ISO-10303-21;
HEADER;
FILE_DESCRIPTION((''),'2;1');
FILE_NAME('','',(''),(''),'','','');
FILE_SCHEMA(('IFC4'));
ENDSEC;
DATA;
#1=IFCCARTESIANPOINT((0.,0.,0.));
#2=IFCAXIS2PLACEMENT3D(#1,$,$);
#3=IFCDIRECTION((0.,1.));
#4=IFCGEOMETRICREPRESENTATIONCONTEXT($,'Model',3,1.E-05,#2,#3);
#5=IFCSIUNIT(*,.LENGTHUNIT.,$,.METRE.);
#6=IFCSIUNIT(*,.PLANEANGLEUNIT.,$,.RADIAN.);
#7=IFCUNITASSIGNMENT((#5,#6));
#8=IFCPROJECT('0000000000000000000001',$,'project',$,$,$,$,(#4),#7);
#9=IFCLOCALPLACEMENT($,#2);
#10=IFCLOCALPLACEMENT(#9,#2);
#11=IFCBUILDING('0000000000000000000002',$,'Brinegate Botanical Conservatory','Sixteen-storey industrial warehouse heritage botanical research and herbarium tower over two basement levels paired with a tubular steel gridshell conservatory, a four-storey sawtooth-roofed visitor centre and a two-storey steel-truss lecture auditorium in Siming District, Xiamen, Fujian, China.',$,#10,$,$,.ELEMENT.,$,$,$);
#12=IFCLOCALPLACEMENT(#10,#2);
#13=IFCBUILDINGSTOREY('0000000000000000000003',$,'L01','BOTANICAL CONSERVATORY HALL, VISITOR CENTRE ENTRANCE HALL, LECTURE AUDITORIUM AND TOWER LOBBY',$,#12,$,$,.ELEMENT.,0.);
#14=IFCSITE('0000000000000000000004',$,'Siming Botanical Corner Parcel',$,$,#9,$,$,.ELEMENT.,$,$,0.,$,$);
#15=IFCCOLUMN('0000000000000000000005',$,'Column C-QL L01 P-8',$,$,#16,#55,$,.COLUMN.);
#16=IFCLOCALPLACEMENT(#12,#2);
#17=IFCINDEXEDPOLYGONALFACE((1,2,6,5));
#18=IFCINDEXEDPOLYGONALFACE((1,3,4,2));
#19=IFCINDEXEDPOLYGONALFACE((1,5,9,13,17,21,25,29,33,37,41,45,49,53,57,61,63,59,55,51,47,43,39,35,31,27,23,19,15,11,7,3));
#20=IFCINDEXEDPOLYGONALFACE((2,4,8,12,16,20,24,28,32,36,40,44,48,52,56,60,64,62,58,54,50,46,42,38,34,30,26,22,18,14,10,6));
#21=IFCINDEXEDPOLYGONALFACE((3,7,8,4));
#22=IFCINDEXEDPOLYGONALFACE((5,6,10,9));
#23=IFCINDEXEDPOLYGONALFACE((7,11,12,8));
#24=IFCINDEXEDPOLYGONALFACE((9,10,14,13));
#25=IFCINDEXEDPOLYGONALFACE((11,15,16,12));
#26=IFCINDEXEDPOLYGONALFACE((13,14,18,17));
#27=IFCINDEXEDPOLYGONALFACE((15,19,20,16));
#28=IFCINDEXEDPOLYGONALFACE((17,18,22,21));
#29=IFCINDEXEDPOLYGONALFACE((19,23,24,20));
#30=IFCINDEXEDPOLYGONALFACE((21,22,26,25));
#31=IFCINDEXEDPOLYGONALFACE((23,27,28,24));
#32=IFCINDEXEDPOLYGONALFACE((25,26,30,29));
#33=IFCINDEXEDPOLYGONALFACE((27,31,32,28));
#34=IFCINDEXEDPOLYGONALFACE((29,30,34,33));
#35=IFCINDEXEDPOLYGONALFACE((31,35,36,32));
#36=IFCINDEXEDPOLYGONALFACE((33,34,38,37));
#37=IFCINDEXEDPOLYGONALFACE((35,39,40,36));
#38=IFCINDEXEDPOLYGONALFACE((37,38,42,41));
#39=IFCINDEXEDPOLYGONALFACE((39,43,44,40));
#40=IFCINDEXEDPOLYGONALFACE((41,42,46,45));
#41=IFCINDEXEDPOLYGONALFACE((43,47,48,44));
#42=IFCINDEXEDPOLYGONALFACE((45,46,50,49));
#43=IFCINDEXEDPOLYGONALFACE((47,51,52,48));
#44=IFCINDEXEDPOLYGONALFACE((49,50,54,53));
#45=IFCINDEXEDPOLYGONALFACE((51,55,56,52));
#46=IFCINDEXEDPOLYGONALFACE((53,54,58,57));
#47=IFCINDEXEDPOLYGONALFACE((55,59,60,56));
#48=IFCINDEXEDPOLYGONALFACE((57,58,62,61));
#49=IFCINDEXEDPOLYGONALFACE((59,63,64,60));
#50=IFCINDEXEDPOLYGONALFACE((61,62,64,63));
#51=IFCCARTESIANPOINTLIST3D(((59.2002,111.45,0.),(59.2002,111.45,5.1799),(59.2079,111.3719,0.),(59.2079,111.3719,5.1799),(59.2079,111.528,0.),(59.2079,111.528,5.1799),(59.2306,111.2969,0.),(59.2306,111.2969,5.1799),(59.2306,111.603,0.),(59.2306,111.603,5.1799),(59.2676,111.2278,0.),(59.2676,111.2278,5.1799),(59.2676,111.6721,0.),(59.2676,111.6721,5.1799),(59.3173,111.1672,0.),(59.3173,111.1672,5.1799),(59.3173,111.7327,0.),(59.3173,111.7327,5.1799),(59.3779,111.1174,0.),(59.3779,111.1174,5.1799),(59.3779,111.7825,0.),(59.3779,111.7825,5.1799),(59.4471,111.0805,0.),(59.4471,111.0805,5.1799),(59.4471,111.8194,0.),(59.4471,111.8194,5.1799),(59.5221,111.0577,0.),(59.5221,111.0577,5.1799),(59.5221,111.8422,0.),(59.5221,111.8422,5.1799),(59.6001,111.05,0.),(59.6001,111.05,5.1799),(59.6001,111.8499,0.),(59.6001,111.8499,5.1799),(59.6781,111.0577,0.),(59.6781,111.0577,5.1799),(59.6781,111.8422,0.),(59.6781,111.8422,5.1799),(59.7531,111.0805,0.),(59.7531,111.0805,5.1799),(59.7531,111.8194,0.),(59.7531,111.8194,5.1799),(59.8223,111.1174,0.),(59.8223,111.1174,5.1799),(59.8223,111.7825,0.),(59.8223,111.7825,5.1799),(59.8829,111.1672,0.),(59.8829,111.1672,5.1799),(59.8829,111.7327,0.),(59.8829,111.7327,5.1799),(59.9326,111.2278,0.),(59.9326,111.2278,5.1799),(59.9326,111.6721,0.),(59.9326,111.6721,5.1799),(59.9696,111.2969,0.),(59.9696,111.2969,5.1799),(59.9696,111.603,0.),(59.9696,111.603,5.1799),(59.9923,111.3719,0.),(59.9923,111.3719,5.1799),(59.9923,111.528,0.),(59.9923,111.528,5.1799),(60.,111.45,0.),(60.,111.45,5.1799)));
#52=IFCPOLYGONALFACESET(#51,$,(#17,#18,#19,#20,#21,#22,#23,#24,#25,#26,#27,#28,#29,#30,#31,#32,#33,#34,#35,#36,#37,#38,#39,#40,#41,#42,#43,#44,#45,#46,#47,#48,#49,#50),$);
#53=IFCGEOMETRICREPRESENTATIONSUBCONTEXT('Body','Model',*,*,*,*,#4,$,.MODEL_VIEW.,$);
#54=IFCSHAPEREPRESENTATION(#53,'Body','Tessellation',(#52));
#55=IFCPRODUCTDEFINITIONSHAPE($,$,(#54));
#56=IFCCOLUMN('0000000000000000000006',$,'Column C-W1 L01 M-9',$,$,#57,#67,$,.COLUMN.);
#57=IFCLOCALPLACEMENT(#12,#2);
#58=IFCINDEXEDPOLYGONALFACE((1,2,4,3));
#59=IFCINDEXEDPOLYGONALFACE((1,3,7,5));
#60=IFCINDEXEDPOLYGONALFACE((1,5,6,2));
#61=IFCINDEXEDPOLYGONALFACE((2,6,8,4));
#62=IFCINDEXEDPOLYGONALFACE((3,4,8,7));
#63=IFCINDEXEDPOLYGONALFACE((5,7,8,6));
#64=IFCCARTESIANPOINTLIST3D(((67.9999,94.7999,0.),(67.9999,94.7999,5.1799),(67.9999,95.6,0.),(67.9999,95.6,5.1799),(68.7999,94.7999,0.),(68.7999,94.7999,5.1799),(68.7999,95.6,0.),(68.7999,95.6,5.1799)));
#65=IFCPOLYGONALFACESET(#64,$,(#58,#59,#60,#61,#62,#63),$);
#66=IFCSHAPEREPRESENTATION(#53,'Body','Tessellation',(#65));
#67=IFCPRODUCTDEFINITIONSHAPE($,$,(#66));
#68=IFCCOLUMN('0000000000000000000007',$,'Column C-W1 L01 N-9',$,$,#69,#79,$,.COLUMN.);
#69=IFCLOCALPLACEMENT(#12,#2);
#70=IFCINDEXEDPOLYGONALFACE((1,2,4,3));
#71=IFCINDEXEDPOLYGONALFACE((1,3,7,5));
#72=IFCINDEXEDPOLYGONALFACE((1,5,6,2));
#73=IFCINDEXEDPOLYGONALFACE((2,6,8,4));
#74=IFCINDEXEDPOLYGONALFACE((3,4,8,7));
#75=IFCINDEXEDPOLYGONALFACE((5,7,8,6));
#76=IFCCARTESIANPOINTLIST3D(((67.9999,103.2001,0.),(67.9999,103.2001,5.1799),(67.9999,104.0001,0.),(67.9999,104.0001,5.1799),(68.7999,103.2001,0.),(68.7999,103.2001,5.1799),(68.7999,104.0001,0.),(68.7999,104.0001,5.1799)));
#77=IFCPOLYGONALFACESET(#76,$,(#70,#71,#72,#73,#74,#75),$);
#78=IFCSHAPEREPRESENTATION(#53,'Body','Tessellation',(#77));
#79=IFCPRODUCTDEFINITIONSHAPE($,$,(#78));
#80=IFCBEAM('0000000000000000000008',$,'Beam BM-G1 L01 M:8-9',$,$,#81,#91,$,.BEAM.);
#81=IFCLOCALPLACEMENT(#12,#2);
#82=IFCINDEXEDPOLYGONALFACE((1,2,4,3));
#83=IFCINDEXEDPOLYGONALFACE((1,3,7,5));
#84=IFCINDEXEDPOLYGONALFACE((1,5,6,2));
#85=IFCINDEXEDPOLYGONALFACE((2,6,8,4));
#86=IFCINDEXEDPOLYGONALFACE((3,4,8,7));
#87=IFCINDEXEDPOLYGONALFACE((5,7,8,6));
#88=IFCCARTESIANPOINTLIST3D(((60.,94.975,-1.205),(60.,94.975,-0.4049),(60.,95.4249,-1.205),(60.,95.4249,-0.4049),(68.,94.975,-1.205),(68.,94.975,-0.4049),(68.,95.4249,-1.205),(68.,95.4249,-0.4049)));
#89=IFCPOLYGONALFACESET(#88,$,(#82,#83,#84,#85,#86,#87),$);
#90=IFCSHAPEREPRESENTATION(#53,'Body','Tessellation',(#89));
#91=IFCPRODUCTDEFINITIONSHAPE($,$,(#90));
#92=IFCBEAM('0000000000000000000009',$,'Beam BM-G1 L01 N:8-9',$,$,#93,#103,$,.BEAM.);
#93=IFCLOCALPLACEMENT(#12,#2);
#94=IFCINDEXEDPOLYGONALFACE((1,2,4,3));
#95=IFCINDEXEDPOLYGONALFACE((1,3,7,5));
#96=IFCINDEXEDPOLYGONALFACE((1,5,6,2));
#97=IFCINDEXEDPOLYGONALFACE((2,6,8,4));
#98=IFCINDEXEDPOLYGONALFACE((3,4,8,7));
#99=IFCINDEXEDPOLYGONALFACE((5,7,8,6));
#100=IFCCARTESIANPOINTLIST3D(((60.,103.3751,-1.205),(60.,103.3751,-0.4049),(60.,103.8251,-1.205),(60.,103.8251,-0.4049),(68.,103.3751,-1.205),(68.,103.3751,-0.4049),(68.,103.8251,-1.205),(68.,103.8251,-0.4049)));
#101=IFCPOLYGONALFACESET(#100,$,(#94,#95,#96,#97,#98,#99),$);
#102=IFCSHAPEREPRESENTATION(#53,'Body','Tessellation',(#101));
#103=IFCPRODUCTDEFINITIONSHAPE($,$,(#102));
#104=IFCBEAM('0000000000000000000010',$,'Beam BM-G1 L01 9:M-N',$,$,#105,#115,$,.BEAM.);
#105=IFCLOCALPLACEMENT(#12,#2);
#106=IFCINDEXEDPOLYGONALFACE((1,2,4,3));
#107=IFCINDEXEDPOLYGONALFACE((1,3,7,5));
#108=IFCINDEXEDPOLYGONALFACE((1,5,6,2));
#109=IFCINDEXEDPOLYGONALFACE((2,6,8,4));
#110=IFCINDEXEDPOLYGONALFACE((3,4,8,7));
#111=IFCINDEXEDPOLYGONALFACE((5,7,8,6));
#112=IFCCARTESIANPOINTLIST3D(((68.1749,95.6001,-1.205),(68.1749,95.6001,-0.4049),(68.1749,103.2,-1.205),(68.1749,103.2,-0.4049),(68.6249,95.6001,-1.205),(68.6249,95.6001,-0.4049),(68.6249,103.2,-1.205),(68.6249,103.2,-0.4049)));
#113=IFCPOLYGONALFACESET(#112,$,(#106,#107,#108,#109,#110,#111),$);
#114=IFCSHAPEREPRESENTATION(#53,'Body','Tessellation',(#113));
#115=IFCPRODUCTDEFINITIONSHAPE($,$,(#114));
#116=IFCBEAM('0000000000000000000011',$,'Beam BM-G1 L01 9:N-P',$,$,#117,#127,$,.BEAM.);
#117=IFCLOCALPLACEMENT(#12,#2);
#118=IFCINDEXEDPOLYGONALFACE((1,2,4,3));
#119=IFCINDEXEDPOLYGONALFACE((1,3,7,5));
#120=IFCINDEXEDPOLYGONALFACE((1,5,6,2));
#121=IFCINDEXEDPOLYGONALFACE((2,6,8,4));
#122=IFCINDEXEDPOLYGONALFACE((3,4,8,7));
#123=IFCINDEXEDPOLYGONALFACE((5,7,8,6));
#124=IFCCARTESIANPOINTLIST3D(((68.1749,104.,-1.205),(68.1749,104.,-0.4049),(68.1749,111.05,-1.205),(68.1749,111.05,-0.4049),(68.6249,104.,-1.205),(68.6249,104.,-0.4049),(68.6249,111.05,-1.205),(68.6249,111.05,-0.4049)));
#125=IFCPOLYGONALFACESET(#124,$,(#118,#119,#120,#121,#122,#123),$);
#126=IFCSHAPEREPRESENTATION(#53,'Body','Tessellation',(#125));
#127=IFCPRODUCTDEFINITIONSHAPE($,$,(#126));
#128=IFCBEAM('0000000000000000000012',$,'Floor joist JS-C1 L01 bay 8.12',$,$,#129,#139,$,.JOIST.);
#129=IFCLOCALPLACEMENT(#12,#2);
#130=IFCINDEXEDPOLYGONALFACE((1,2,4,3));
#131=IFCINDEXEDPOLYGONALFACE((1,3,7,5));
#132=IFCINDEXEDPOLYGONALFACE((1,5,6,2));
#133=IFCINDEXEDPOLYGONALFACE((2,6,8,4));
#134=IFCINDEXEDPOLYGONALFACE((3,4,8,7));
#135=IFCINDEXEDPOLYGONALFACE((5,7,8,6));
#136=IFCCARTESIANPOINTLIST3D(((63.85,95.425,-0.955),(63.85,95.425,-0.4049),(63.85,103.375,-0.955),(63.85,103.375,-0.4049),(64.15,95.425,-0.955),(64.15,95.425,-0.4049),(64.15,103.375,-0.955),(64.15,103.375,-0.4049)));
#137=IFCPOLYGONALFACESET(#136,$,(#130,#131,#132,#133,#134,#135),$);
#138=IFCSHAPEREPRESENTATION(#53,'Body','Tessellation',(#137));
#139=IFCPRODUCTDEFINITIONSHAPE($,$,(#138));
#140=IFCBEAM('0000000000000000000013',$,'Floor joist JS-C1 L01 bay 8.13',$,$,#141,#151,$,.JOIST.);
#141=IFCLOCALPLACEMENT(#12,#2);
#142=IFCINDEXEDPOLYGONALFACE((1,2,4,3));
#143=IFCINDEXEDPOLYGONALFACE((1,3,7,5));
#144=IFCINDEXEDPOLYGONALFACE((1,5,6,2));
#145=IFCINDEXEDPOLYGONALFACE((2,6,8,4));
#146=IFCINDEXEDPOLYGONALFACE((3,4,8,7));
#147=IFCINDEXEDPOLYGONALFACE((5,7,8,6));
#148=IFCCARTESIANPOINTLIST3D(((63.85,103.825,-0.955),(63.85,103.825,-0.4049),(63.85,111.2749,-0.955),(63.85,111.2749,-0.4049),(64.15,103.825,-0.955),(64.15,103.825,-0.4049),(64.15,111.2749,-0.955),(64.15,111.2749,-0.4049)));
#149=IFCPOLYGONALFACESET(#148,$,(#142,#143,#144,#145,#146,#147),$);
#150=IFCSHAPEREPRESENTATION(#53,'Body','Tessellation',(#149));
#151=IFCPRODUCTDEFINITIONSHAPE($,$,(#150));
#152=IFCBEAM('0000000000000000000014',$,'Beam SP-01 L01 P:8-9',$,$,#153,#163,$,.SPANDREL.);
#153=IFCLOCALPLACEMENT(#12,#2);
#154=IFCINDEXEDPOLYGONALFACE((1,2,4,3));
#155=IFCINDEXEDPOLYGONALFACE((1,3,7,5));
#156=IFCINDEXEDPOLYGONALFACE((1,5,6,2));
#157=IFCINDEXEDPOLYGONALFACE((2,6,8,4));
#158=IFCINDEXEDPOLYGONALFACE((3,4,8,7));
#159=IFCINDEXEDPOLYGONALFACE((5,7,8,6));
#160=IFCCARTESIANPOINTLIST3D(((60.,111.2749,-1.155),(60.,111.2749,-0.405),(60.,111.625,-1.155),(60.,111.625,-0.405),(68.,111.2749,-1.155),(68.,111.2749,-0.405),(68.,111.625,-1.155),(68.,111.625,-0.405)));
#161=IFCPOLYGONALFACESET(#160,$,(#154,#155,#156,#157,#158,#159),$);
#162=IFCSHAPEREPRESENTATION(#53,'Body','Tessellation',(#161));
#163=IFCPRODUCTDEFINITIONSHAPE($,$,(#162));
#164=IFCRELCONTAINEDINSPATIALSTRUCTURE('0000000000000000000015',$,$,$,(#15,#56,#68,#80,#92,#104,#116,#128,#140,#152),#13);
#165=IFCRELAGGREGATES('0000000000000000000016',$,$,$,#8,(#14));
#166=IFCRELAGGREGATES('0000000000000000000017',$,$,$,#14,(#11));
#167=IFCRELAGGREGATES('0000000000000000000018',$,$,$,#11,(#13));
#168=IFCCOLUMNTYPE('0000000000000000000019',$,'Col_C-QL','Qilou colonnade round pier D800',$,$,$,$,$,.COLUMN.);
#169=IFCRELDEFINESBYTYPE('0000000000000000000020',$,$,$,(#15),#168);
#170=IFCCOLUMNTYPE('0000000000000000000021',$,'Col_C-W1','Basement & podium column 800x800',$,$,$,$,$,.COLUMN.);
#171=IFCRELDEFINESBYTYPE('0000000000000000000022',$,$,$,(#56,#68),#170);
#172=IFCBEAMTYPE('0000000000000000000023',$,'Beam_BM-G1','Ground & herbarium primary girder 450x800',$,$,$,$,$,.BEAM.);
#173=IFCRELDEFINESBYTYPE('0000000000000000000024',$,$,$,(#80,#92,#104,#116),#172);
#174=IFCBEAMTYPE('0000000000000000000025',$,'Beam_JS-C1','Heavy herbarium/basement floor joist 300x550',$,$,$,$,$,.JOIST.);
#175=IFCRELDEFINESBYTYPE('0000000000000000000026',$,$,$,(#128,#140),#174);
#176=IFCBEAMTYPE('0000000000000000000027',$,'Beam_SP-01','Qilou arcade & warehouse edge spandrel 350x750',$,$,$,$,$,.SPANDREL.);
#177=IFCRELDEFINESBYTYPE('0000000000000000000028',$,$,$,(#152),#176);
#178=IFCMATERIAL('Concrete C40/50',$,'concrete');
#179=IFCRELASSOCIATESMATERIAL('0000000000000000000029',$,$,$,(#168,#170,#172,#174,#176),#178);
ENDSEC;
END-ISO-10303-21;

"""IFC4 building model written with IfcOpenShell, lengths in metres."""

from ifc_helpers import new_model, si_unit, direction, frame, origin, origin_2d, place, context, subcontext, project, spatial, rectangle, circle, extrude, material, material_profile, profile_set, type_object, element, save


model = new_model("IFC4")

# Units and contexts
model_context = context("Model", 3, precision=1e-05, world=origin(), true_north=direction((0.0, 1.0)))
body_context = subcontext(model_context, "Body", "Model", "MODEL_VIEW")
ifc_project = project(units=[si_unit("LENGTHUNIT", "METRE"), si_unit("PLANEANGLEUNIT", "RADIAN")], contexts=[model_context])

# Site, building, storey
site_placement = place(None, origin())
site = spatial("IfcSite", under=ifc_project, at=site_placement, Name="Siming Botanical Corner Parcel", CompositionType="ELEMENT", RefElevation=0.0)
building_placement = place(site_placement, origin())
building = spatial("IfcBuilding", under=site, at=building_placement, Name="Brinegate Botanical Conservatory", Description="Sixteen-storey industrial warehouse heritage botanical research and herbarium tower over two basement levels paired with a tubular steel gridshell conservatory, a four-storey sawtooth-roofed visitor centre and a two-storey steel-truss lecture auditorium in Siming District, Xiamen, Fujian, China.", CompositionType="ELEMENT")
storey_placement = place(building_placement, origin())
storey = spatial("IfcBuildingStorey", under=building, at=storey_placement, Name="L01", Description="BOTANICAL CONSERVATORY HALL, VISITOR CENTRE ENTRANCE HALL, LECTURE AUDITORIUM AND TOWER LOBBY", CompositionType="ELEMENT", Elevation=0.0)

# Columns
ifc_material_1 = material(Name="Concrete C40/50", Category="concrete")
ifc_material_profile_1 = material_profile(ifc_material_1, circle(Radius=0.3999, at=origin_2d()), Name="RC COL D800")
ifc_profile_set_1 = profile_set([ifc_material_profile_1], Name="Concrete C40/50")
column_type_1 = type_object("IfcColumnType", Name="Col_C-QL", Description="Qilou colonnade round pier D800", PredefinedType="COLUMN", material=ifc_profile_set_1)
column_placement = place(storey_placement, frame((59.6001, 111.45, 0.0), z_axis=(0.0, 0.0, 1.0), x_axis=(1.0, 0.0, 0.0)))
element("IfcColumn", 1, at=column_placement, inside=storey, type_object=column_type_1, Name="Column C-QL L01 P-8", PredefinedType="COLUMN", context=body_context, shape_type="SweptSolid", body=[
    extrude(circle(Radius=0.3999, at=origin_2d()), origin(), (0.0, 0.0, 1.0), 5.1799),
])
ifc_material_profile_2 = material_profile(ifc_material_1, rectangle(XDim=0.8, YDim=0.8, at=origin_2d()), Name="RC COL 800x800")
ifc_profile_set_2 = profile_set([ifc_material_profile_2], Name="Concrete C40/50")
column_type_2 = type_object("IfcColumnType", Name="Col_C-W1", Description="Basement & podium column 800x800", PredefinedType="COLUMN", material=ifc_profile_set_2)
for number, where, z_axis, x_axis, name in (
    (2, (68.3999, 95.2, 0.0), (0.0, 0.0, 1.0), (1.0, 0.0, 0.0), "Column C-W1 L01 M-9"),
    (3, (68.3999, 103.6001, 0.0), (0.0, 0.0, 1.0), (1.0, 0.0, 0.0), "Column C-W1 L01 N-9"),
):
    element("IfcColumn", number, at=place(storey_placement, frame(where, z_axis=z_axis, x_axis=x_axis)), inside=storey, type_object=column_type_2, Name=name, PredefinedType="COLUMN", context=body_context, shape_type="SweptSolid", body=[
        extrude(rectangle(XDim=0.8, YDim=0.8, at=origin_2d()), origin(), (0.0, 0.0, 1.0), 5.1799),
    ])

# Beams
ifc_material_profile_3 = material_profile(ifc_material_1, rectangle(XDim=0.45, YDim=0.8, at=origin_2d()), Name="RC BM 450x800")
ifc_profile_set_3 = profile_set([ifc_material_profile_3], Name="Concrete C40/50")
beam_type_1 = type_object("IfcBeamType", Name="Beam_BM-G1", Description="Ground & herbarium primary girder 450x800", PredefinedType="BEAM", material=ifc_profile_set_3)
for number, where, z_axis, x_axis, name in (
    (4, (60.0, 95.2, -0.8049), (1.0, 0.0, 0.0), (0.0, 1.0, 0.0), "Beam BM-G1 L01 M:8-9"),
    (5, (60.0, 103.6001, -0.8049), (1.0, 0.0, 0.0), (0.0, 1.0, 0.0), "Beam BM-G1 L01 N:8-9"),
):
    element("IfcBeam", number, at=place(storey_placement, frame(where, z_axis=z_axis, x_axis=x_axis)), inside=storey, type_object=beam_type_1, Name=name, PredefinedType="BEAM", context=body_context, shape_type="SweptSolid", body=[
        extrude(rectangle(XDim=0.45, YDim=0.8, at=origin_2d()), origin(), (0.0, 0.0, 1.0), 8.0),
    ])
beam_1_placement = place(storey_placement, frame((68.3999, 95.6001, -0.8049), z_axis=(0.0, 1.0, 0.0), x_axis=(-1.0, 0.0, 0.0)))
element("IfcBeam", 6, at=beam_1_placement, inside=storey, type_object=beam_type_1, Name="Beam BM-G1 L01 9:M-N", PredefinedType="BEAM", context=body_context, shape_type="SweptSolid", body=[
    extrude(rectangle(XDim=0.45, YDim=0.8, at=origin_2d()), origin(), (0.0, 0.0, 1.0), 7.5999),
])
beam_2_placement = place(storey_placement, frame((68.3999, 104.0, -0.8049), z_axis=(0.0, 1.0, 0.0), x_axis=(-1.0, 0.0, 0.0)))
element("IfcBeam", 7, at=beam_2_placement, inside=storey, type_object=beam_type_1, Name="Beam BM-G1 L01 9:N-P", PredefinedType="BEAM", context=body_context, shape_type="SweptSolid", body=[
    extrude(rectangle(XDim=0.45, YDim=0.8, at=origin_2d()), origin(), (0.0, 0.0, 1.0), 7.05),
])
ifc_material_profile_4 = material_profile(ifc_material_1, rectangle(XDim=0.3, YDim=0.55, at=origin_2d()), Name="RC JST 300x550")
ifc_profile_set_4 = profile_set([ifc_material_profile_4], Name="Concrete C40/50")
beam_type_2 = type_object("IfcBeamType", Name="Beam_JS-C1", Description="Heavy herbarium/basement floor joist 300x550", PredefinedType="JOIST", material=ifc_profile_set_4)
beam_3_placement = place(storey_placement, frame((64.0, 95.425, -0.6799), z_axis=(0.0, 1.0, 0.0), x_axis=(-1.0, 0.0, 0.0)))
element("IfcBeam", 8, at=beam_3_placement, inside=storey, type_object=beam_type_2, Name="Floor joist JS-C1 L01 bay 8.12", PredefinedType="JOIST", context=body_context, shape_type="SweptSolid", body=[
    extrude(rectangle(XDim=0.3, YDim=0.55, at=origin_2d()), origin(), (0.0, 0.0, 1.0), 7.95),
])
beam_4_placement = place(storey_placement, frame((64.0, 103.825, -0.6799), z_axis=(0.0, 1.0, 0.0), x_axis=(-1.0, 0.0, 0.0)))
element("IfcBeam", 9, at=beam_4_placement, inside=storey, type_object=beam_type_2, Name="Floor joist JS-C1 L01 bay 8.13", PredefinedType="JOIST", context=body_context, shape_type="SweptSolid", body=[
    extrude(rectangle(XDim=0.3, YDim=0.55, at=origin_2d()), origin(), (0.0, 0.0, 1.0), 7.45),
])
ifc_material_profile_5 = material_profile(ifc_material_1, rectangle(XDim=0.3501, YDim=0.75, at=origin_2d()), Name="RC SPN 350x750")
ifc_profile_set_5 = profile_set([ifc_material_profile_5], Name="Concrete C40/50")
beam_type_3 = type_object("IfcBeamType", Name="Beam_SP-01", Description="Qilou arcade & warehouse edge spandrel 350x750", PredefinedType="SPANDREL", material=ifc_profile_set_5)
beam_5_placement = place(storey_placement, frame((60.0, 111.45, -0.78), z_axis=(1.0, 0.0, 0.0), x_axis=(0.0, 1.0, 0.0)))
element("IfcBeam", 10, at=beam_5_placement, inside=storey, type_object=beam_type_3, Name="Beam SP-01 L01 P:8-9", PredefinedType="SPANDREL", context=body_context, shape_type="SweptSolid", body=[
    extrude(rectangle(XDim=0.3501, YDim=0.75, at=origin_2d()), origin(), (0.0, 0.0, 1.0), 8.0),
])

save(model, "model.ifc")
